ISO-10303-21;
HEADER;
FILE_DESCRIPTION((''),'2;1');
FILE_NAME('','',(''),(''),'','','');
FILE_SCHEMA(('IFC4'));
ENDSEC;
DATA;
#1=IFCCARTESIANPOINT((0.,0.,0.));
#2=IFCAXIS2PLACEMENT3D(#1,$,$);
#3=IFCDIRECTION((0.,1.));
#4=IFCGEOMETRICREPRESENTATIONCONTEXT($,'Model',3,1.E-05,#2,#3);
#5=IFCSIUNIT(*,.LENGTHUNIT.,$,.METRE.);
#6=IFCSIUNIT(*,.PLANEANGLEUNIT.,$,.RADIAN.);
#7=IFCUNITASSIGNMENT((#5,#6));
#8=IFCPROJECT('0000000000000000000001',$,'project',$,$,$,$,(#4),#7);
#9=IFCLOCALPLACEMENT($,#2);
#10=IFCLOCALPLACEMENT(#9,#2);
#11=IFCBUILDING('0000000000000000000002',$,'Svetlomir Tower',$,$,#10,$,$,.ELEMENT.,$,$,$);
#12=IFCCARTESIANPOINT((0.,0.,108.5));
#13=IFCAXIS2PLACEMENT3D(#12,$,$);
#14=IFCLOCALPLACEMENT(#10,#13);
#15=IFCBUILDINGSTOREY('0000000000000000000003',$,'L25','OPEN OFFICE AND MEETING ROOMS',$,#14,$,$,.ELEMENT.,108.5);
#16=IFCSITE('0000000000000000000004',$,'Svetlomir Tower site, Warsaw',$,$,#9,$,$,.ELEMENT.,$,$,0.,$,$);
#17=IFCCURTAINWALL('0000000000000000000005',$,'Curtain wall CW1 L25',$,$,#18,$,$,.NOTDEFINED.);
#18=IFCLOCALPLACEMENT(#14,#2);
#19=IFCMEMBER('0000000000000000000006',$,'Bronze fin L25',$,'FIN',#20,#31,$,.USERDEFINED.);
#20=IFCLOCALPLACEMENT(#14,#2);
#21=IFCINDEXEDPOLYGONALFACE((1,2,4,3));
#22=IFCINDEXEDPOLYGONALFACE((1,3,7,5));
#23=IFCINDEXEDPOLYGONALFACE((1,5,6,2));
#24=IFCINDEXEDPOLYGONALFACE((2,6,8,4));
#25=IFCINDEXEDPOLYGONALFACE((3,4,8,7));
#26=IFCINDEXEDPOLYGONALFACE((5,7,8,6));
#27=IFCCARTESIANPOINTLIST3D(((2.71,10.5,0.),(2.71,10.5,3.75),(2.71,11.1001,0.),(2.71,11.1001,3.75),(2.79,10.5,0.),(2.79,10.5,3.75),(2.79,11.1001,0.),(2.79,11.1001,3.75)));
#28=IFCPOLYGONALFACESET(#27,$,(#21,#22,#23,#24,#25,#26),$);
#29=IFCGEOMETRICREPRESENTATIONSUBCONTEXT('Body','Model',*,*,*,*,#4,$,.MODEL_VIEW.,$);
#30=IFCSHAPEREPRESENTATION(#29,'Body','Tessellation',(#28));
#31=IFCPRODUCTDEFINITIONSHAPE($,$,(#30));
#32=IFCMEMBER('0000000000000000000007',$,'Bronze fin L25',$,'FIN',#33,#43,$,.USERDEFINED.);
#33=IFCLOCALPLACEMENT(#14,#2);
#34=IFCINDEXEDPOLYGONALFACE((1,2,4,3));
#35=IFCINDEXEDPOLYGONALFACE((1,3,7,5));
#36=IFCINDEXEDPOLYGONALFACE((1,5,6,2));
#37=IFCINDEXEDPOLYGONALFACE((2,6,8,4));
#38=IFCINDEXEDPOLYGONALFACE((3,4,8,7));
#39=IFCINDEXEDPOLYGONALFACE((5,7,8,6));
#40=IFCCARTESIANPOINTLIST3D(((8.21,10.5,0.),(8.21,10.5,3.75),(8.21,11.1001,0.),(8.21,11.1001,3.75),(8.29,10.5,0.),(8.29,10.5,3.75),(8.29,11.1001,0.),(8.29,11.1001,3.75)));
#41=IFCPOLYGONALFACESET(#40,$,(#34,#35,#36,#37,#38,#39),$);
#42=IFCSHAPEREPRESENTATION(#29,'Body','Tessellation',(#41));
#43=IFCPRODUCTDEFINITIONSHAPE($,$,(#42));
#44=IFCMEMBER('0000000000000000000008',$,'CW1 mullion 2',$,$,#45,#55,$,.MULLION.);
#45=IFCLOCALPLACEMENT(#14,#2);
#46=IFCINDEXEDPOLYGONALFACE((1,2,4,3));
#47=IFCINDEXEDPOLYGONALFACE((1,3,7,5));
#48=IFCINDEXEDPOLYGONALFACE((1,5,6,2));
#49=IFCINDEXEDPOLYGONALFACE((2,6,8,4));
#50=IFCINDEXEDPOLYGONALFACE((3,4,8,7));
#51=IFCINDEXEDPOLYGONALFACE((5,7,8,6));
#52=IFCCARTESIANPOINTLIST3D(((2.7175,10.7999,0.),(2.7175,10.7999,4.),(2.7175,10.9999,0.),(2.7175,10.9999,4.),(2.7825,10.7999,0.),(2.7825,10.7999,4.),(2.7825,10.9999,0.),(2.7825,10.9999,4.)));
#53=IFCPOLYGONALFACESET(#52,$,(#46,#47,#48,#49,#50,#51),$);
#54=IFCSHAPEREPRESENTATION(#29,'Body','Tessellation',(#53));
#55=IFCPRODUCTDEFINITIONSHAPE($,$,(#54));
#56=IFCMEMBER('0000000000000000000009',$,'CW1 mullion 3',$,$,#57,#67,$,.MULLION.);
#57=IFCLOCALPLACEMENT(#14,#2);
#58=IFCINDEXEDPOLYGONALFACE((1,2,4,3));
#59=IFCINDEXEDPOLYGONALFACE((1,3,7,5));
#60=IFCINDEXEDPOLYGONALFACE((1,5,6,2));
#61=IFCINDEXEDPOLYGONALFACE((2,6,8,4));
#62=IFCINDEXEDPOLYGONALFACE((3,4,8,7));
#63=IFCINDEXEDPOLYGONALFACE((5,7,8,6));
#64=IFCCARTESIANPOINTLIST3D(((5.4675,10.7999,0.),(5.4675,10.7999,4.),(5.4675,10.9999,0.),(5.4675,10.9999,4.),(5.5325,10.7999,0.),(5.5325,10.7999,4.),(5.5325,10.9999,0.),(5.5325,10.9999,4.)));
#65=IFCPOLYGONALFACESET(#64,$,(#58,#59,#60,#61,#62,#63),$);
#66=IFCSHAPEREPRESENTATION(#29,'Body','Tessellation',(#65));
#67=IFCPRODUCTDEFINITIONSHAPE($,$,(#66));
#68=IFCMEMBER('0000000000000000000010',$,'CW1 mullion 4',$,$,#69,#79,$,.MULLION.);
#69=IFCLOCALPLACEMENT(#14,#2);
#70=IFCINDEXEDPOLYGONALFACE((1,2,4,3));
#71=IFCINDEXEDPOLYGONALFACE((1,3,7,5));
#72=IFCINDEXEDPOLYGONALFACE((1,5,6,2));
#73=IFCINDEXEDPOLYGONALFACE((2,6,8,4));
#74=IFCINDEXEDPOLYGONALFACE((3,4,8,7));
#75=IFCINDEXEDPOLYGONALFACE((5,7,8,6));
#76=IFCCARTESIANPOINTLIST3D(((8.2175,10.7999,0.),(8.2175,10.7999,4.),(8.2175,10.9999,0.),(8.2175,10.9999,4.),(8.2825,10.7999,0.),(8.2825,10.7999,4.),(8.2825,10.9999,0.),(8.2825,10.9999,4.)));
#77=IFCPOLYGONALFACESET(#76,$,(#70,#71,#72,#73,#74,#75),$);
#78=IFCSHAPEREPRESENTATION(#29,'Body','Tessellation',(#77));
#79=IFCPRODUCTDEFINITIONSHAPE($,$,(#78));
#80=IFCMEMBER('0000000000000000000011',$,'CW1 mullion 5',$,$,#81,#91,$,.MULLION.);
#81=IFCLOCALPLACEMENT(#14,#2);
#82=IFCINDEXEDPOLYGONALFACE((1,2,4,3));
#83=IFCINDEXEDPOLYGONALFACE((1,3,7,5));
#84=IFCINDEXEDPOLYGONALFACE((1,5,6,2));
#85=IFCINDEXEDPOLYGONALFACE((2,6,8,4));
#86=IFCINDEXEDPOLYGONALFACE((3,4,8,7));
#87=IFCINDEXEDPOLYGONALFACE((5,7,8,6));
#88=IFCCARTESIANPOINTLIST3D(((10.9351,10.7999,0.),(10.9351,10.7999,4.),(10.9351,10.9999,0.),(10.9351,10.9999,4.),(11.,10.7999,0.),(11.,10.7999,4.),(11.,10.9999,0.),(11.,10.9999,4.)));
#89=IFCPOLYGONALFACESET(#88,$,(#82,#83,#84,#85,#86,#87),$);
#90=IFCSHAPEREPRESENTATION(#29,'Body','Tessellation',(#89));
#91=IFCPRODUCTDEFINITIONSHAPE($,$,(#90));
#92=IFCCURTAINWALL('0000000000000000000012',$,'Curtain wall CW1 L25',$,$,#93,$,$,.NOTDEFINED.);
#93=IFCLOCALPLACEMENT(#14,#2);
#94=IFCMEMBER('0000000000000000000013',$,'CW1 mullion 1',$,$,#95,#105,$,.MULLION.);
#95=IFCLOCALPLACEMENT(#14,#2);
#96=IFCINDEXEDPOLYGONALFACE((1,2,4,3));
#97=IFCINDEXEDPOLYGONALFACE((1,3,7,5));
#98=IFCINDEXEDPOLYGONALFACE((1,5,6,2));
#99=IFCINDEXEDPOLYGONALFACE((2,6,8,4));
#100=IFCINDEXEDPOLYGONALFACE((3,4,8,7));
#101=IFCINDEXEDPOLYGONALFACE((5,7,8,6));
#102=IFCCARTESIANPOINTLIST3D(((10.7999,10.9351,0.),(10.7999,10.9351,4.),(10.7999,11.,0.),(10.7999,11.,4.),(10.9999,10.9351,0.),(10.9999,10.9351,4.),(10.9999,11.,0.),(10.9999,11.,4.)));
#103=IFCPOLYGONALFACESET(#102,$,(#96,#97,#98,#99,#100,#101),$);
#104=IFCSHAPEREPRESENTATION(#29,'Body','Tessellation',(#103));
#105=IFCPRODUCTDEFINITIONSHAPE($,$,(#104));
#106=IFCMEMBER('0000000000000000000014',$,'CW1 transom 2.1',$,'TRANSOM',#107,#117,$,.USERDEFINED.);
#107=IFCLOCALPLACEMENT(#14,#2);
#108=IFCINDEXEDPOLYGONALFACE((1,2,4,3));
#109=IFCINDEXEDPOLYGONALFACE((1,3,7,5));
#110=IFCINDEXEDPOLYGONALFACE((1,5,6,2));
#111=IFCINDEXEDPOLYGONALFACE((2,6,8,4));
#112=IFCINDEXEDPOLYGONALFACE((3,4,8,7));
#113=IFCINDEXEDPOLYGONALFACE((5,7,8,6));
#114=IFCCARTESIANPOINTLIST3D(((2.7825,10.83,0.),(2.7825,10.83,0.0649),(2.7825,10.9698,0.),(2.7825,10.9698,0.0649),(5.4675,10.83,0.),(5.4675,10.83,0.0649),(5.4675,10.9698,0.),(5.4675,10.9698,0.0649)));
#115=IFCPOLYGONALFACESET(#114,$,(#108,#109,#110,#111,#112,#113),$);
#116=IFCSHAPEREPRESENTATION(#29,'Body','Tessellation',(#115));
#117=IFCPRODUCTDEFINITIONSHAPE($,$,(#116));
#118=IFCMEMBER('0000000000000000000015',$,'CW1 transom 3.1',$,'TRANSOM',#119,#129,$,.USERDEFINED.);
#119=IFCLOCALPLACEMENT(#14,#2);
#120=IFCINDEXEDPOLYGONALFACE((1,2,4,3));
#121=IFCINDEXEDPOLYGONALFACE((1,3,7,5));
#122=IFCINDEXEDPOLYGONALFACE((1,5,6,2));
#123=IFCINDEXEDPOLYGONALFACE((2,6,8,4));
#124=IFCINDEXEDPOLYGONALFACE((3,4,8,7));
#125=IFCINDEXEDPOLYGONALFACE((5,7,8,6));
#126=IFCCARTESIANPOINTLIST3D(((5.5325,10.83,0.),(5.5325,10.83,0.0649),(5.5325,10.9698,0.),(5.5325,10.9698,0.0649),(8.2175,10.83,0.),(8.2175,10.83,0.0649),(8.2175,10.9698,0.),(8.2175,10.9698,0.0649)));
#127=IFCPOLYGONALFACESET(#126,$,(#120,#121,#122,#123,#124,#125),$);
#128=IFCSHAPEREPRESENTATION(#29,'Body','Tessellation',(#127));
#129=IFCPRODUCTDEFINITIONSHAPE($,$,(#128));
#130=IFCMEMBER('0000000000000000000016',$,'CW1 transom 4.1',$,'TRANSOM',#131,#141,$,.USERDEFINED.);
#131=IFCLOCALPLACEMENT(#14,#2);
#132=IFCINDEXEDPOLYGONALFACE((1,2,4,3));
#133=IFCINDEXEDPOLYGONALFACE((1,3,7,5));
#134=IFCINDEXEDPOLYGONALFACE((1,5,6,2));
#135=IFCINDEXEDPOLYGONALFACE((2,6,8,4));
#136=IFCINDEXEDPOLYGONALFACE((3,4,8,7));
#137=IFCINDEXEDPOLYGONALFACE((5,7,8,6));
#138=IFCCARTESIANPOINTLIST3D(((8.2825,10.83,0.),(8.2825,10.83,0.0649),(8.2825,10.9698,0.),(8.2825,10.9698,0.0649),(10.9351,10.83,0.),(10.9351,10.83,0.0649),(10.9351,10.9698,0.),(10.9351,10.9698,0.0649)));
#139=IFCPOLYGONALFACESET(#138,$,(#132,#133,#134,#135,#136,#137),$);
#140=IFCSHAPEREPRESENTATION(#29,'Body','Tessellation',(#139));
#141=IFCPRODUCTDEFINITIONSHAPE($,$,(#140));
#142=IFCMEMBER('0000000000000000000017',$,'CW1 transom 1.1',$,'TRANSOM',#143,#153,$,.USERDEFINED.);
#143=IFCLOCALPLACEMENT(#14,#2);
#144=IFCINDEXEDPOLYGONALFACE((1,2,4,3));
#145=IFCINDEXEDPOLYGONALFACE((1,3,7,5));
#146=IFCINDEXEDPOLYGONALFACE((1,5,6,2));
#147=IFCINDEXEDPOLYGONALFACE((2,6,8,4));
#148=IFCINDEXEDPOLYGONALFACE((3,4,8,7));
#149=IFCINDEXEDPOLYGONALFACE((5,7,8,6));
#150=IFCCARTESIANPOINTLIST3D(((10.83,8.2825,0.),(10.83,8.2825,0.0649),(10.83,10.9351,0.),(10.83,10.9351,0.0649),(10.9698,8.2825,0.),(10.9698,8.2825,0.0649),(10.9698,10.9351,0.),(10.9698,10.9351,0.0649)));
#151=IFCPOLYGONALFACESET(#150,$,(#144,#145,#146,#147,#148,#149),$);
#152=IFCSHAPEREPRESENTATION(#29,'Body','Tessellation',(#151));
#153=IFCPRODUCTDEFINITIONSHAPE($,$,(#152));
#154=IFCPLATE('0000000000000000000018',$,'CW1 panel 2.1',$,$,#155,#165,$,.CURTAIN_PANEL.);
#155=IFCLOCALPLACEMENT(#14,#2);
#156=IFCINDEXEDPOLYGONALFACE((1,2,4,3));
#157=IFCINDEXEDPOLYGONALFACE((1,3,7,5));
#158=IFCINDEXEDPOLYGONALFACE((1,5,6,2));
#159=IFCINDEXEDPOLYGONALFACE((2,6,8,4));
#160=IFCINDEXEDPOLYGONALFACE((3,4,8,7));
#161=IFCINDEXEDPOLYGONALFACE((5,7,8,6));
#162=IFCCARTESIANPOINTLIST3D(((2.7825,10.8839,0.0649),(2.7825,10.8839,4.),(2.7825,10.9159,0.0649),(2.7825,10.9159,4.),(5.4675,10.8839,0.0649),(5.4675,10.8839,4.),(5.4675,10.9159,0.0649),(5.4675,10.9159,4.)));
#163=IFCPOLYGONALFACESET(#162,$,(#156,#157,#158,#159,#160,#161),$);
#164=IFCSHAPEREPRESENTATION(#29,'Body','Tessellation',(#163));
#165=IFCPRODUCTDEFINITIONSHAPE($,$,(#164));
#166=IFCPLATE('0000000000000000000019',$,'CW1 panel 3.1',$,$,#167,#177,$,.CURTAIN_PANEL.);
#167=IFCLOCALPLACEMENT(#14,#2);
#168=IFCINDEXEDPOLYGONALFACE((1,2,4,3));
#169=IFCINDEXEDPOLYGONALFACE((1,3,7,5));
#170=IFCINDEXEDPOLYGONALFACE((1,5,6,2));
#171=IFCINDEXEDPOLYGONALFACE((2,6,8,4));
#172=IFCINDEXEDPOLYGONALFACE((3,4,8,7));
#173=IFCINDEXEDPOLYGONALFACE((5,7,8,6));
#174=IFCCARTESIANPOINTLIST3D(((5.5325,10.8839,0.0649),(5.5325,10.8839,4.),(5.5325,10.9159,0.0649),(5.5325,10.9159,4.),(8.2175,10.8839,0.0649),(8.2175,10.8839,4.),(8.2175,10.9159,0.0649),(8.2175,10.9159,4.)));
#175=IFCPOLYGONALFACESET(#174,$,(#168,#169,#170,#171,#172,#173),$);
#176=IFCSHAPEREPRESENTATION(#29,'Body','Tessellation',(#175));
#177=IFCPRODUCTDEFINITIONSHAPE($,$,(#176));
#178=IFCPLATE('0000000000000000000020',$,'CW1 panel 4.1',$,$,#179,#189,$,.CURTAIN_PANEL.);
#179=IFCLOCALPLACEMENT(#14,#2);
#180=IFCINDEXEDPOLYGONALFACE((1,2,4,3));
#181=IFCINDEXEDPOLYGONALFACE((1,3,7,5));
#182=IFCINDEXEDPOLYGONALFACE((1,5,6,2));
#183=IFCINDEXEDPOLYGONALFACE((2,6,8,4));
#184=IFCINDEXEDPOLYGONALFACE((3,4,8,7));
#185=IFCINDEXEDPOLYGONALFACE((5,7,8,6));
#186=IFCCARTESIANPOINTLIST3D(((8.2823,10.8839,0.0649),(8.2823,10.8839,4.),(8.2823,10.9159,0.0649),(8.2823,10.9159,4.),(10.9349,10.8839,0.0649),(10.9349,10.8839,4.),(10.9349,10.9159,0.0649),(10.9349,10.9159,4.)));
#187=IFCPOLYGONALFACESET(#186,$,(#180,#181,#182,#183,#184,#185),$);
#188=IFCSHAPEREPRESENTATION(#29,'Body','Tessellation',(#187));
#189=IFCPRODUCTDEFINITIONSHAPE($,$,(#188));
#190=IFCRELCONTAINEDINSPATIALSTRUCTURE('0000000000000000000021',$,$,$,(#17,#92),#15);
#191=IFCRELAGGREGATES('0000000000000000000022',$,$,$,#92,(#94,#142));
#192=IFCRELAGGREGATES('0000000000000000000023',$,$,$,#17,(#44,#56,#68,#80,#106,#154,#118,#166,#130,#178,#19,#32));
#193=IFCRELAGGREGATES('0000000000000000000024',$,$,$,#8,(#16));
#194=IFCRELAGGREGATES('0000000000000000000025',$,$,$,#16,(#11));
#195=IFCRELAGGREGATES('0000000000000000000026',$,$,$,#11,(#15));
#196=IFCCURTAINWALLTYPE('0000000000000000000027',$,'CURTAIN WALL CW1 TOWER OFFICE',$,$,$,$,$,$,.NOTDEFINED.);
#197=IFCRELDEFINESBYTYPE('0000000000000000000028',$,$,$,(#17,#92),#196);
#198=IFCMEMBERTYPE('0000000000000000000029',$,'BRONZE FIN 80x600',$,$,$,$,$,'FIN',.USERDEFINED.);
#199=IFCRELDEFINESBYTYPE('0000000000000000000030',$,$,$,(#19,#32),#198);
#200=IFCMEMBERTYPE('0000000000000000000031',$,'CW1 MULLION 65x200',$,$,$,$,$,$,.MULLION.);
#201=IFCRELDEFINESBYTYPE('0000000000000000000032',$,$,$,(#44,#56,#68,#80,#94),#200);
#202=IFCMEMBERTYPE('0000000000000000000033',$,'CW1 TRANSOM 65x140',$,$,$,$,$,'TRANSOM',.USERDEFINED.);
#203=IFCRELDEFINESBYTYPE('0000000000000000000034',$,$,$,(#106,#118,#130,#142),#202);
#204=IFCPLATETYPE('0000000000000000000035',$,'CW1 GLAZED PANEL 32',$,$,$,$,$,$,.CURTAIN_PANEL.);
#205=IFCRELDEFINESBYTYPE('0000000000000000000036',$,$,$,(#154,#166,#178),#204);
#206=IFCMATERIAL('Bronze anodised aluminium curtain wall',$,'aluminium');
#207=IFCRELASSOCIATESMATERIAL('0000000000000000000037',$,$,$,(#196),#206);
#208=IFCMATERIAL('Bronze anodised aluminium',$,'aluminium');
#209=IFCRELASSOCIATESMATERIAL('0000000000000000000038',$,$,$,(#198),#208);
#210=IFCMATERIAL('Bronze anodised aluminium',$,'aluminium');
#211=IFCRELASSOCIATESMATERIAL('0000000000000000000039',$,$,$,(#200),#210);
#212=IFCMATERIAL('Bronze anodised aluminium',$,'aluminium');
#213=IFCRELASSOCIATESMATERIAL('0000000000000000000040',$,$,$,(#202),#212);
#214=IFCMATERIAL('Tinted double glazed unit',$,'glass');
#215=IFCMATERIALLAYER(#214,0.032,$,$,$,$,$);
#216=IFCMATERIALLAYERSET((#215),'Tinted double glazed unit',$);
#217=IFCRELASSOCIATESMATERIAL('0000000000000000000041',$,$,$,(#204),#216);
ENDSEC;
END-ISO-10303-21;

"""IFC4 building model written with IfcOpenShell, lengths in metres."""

from ifc_helpers import new_model, si_unit, direction, frame, origin, origin_2d, place, context, subcontext, project, spatial, rectangle, extrude, material, layer, layer_set, material_profile, profile_set, type_object, element, aggregate, save


model = new_model("IFC4")

# Units and contexts
model_context = context("Model", 3, precision=1e-05, world=origin(), true_north=direction((0.0, 1.0)))
body_context = subcontext(model_context, "Body", "Model", "MODEL_VIEW")
ifc_project = project(units=[si_unit("LENGTHUNIT", "METRE"), si_unit("PLANEANGLEUNIT", "RADIAN")], contexts=[model_context])

# Site, building, storey
site_placement = place(None, origin())
site = spatial("IfcSite", under=ifc_project, at=site_placement, Name="Svetlomir Tower site, Warsaw", CompositionType="ELEMENT", RefElevation=0.0)
building_placement = place(site_placement, origin())
building = spatial("IfcBuilding", under=site, at=building_placement, Name="Svetlomir Tower", CompositionType="ELEMENT")
storey_placement = place(building_placement, frame((0.0, 0.0, 108.5)))
storey = spatial("IfcBuildingStorey", under=building, at=storey_placement, Name="L25", Description="OPEN OFFICE AND MEETING ROOMS", CompositionType="ELEMENT", Elevation=108.5)

# Curtain wall, members
ifc_material_1 = material(Name="Bronze anodised aluminium curtain wall", Category="aluminium")
curtain_wall_type = type_object("IfcCurtainWallType", Name="CURTAIN WALL CW1 TOWER OFFICE", PredefinedType="NOTDEFINED", material=ifc_material_1)
curtain_wall_1_placement = place(storey_placement, origin())
curtain_wall_1 = element("IfcCurtainWall", 1, at=curtain_wall_1_placement, inside=storey, type_object=curtain_wall_type, Name="Curtain wall CW1 L25", PredefinedType="NOTDEFINED")
ifc_material_2 = material(Name="Bronze anodised aluminium", Category="aluminium")
ifc_material_profile_1 = material_profile(ifc_material_2, rectangle(XDim=0.0801, YDim=0.6001, at=origin_2d()), Name="FIN 80x600")
ifc_profile_set_1 = profile_set([ifc_material_profile_1], Name="Bronze anodised aluminium 6063-T6")
member_type_1 = type_object("IfcMemberType", Name="BRONZE FIN 80x600", ElementType="FIN", PredefinedType="USERDEFINED", material=ifc_profile_set_1)
member_1_placement = place(storey_placement, frame((2.75, 10.8, 0.0), z_axis=(0.0, 0.0, 1.0), x_axis=(1.0, 0.0, 0.0)))
member_1 = element("IfcMember", 2, at=member_1_placement, type_object=member_type_1, Name="Bronze fin L25", ObjectType="FIN", PredefinedType="USERDEFINED", context=body_context, shape_type="SweptSolid", body=[
    extrude(rectangle(XDim=0.0801, YDim=0.6001, at=origin_2d()), origin(), (0.0, 0.0, 1.0), 3.75),
])
member_2_placement = place(storey_placement, frame((8.25, 10.8, 0.0), z_axis=(0.0, 0.0, 1.0), x_axis=(1.0, 0.0, 0.0)))
member_2 = element("IfcMember", 3, at=member_2_placement, type_object=member_type_1, Name="Bronze fin L25", ObjectType="FIN", PredefinedType="USERDEFINED", context=body_context, shape_type="SweptSolid", body=[
    extrude(rectangle(XDim=0.0801, YDim=0.6001, at=origin_2d()), origin(), (0.0, 0.0, 1.0), 3.75),
])
ifc_material_3 = material(Name="Bronze anodised aluminium", Category="aluminium")
ifc_material_profile_2 = material_profile(ifc_material_3, rectangle(XDim=0.0649, YDim=0.2, at=origin_2d()), Name="AL 65x200")
ifc_profile_set_2 = profile_set([ifc_material_profile_2], Name="Bronze anodised aluminium 6063-T6")
member_type_2 = type_object("IfcMemberType", Name="CW1 MULLION 65x200", PredefinedType="MULLION", material=ifc_profile_set_2)
member_3_placement = place(storey_placement, frame((2.75, 10.8999, 0.0), z_axis=(0.0, 0.0, 1.0), x_axis=(1.0, 0.0, 0.0)))
member_3 = element("IfcMember", 4, at=member_3_placement, type_object=member_type_2, Name="CW1 mullion 2", PredefinedType="MULLION", context=body_context, shape_type="SweptSolid", body=[
    extrude(rectangle(XDim=0.0649, YDim=0.2, at=origin_2d()), origin(), (0.0, 0.0, 1.0), 4.0),
])
member_4_placement = place(storey_placement, frame((5.5, 10.8999, 0.0), z_axis=(0.0, 0.0, 1.0), x_axis=(1.0, 0.0, 0.0)))
member_4 = element("IfcMember", 5, at=member_4_placement, type_object=member_type_2, Name="CW1 mullion 3", PredefinedType="MULLION", context=body_context, shape_type="SweptSolid", body=[
    extrude(rectangle(XDim=0.0649, YDim=0.2, at=origin_2d()), origin(), (0.0, 0.0, 1.0), 4.0),
])
member_5_placement = place(storey_placement, frame((8.25, 10.8999, 0.0), z_axis=(0.0, 0.0, 1.0), x_axis=(1.0, 0.0, 0.0)))
member_5 = element("IfcMember", 6, at=member_5_placement, type_object=member_type_2, Name="CW1 mullion 4", PredefinedType="MULLION", context=body_context, shape_type="SweptSolid", body=[
    extrude(rectangle(XDim=0.0649, YDim=0.2, at=origin_2d()), origin(), (0.0, 0.0, 1.0), 4.0),
])
member_6_placement = place(storey_placement, frame((10.9675, 10.8999, 0.0), z_axis=(0.0, 0.0, 1.0), x_axis=(1.0, 0.0, 0.0)))
member_6 = element("IfcMember", 7, at=member_6_placement, type_object=member_type_2, Name="CW1 mullion 5", PredefinedType="MULLION", context=body_context, shape_type="SweptSolid", body=[
    extrude(rectangle(XDim=0.0649, YDim=0.2, at=origin_2d()), origin(), (0.0, 0.0, 1.0), 4.0),
])

# Curtain wall, member
curtain_wall_2_placement = place(storey_placement, origin())
curtain_wall_2 = element("IfcCurtainWall", 8, at=curtain_wall_2_placement, inside=storey, type_object=curtain_wall_type, Name="Curtain wall CW1 L25", PredefinedType="NOTDEFINED")
member_7_placement = place(storey_placement, frame((10.8999, 10.9675, 0.0), z_axis=(0.0, 0.0, 1.0), x_axis=(0.0, -1.0, 0.0)))
member_7 = element("IfcMember", 9, at=member_7_placement, type_object=member_type_2, Name="CW1 mullion 1", PredefinedType="MULLION", context=body_context, shape_type="SweptSolid", body=[
    extrude(rectangle(XDim=0.0649, YDim=0.2, at=origin_2d()), origin(), (0.0, 0.0, 1.0), 4.0),
])

# Members
ifc_material_4 = material(Name="Bronze anodised aluminium", Category="aluminium")
ifc_material_profile_3 = material_profile(ifc_material_4, rectangle(XDim=0.1399, YDim=0.0649, at=origin_2d()), Name="AL 140x65")
ifc_profile_set_3 = profile_set([ifc_material_profile_3], Name="Bronze anodised aluminium 6063-T6")
member_type_3 = type_object("IfcMemberType", Name="CW1 TRANSOM 65x140", ElementType="TRANSOM", PredefinedType="USERDEFINED", material=ifc_profile_set_3)
member_8_placement = place(storey_placement, frame((2.7825, 10.8999, 0.0325), z_axis=(1.0, 0.0, 0.0), x_axis=(0.0, 1.0, 0.0)))
member_8 = element("IfcMember", 10, at=member_8_placement, type_object=member_type_3, Name="CW1 transom 2.1", ObjectType="TRANSOM", PredefinedType="USERDEFINED", context=body_context, shape_type="SweptSolid", body=[
    extrude(rectangle(XDim=0.1399, YDim=0.0649, at=origin_2d()), origin(), (0.0, 0.0, 1.0), 2.6851),
])
member_9_placement = place(storey_placement, frame((5.5325, 10.8999, 0.0325), z_axis=(1.0, 0.0, 0.0), x_axis=(0.0, 1.0, 0.0)))
member_9 = element("IfcMember", 11, at=member_9_placement, type_object=member_type_3, Name="CW1 transom 3.1", ObjectType="TRANSOM", PredefinedType="USERDEFINED", context=body_context, shape_type="SweptSolid", body=[
    extrude(rectangle(XDim=0.1399, YDim=0.0649, at=origin_2d()), origin(), (0.0, 0.0, 1.0), 2.6851),
])
member_10_placement = place(storey_placement, frame((8.2825, 10.8999, 0.0325), z_axis=(1.0, 0.0, 0.0), x_axis=(0.0, 1.0, 0.0)))
member_10 = element("IfcMember", 12, at=member_10_placement, type_object=member_type_3, Name="CW1 transom 4.1", ObjectType="TRANSOM", PredefinedType="USERDEFINED", context=body_context, shape_type="SweptSolid", body=[
    extrude(rectangle(XDim=0.1399, YDim=0.0649, at=origin_2d()), origin(), (0.0, 0.0, 1.0), 2.6526),
])
member_11_placement = place(storey_placement, frame((10.8999, 10.9351, 0.0325), z_axis=(0.0, -1.0, 0.0), x_axis=(1.0, 0.0, 0.0)))
member_11 = element("IfcMember", 13, at=member_11_placement, type_object=member_type_3, Name="CW1 transom 1.1", ObjectType="TRANSOM", PredefinedType="USERDEFINED", context=body_context, shape_type="SweptSolid", body=[
    extrude(rectangle(XDim=0.1399, YDim=0.0649, at=origin_2d()), origin(), (0.0, 0.0, 1.0), 2.6526),
])
aggregate(curtain_wall_2, [member_7, member_11])

# Plates
ifc_material_5 = material(Name="Tinted double glazed unit", Category="glass")
ifc_layer = layer(ifc_material_5, 0.032)
ifc_layer_set = layer_set([ifc_layer], Name="Tinted double glazed unit")
plate_type = type_object("IfcPlateType", Name="CW1 GLAZED PANEL 32", PredefinedType="CURTAIN_PANEL", material=ifc_layer_set)
plate_1_placement = place(storey_placement, frame((4.125, 10.8999, 0.0649), z_axis=(0.0, 0.0, 1.0), x_axis=(1.0, 0.0, 0.0)))
plate_1 = element("IfcPlate", 14, at=plate_1_placement, type_object=plate_type, Name="CW1 panel 2.1", PredefinedType="CURTAIN_PANEL", context=body_context, shape_type="SweptSolid", body=[
    extrude(rectangle(XDim=2.6851, YDim=0.032, at=origin_2d()), origin(), (0.0, 0.0, 1.0), 3.9351),
])
plate_2_placement = place(storey_placement, frame((6.875, 10.8999, 0.0649), z_axis=(0.0, 0.0, 1.0), x_axis=(1.0, 0.0, 0.0)))
plate_2 = element("IfcPlate", 15, at=plate_2_placement, type_object=plate_type, Name="CW1 panel 3.1", PredefinedType="CURTAIN_PANEL", context=body_context, shape_type="SweptSolid", body=[
    extrude(rectangle(XDim=2.6851, YDim=0.032, at=origin_2d()), origin(), (0.0, 0.0, 1.0), 3.9351),
])
plate_3_placement = place(storey_placement, frame((9.6086, 10.8999, 0.0649), z_axis=(0.0, 0.0, 1.0), x_axis=(1.0, 0.0, 0.0)))
plate_3 = element("IfcPlate", 16, at=plate_3_placement, type_object=plate_type, Name="CW1 panel 4.1", PredefinedType="CURTAIN_PANEL", context=body_context, shape_type="SweptSolid", body=[
    extrude(rectangle(XDim=2.6526, YDim=0.032, at=origin_2d()), origin(), (0.0, 0.0, 1.0), 3.9351),
])
aggregate(curtain_wall_1, [member_3, member_4, member_5, member_6, member_8, plate_1, member_9, plate_2, member_10, plate_3, member_1, member_2])

save(model, "model.ifc")
